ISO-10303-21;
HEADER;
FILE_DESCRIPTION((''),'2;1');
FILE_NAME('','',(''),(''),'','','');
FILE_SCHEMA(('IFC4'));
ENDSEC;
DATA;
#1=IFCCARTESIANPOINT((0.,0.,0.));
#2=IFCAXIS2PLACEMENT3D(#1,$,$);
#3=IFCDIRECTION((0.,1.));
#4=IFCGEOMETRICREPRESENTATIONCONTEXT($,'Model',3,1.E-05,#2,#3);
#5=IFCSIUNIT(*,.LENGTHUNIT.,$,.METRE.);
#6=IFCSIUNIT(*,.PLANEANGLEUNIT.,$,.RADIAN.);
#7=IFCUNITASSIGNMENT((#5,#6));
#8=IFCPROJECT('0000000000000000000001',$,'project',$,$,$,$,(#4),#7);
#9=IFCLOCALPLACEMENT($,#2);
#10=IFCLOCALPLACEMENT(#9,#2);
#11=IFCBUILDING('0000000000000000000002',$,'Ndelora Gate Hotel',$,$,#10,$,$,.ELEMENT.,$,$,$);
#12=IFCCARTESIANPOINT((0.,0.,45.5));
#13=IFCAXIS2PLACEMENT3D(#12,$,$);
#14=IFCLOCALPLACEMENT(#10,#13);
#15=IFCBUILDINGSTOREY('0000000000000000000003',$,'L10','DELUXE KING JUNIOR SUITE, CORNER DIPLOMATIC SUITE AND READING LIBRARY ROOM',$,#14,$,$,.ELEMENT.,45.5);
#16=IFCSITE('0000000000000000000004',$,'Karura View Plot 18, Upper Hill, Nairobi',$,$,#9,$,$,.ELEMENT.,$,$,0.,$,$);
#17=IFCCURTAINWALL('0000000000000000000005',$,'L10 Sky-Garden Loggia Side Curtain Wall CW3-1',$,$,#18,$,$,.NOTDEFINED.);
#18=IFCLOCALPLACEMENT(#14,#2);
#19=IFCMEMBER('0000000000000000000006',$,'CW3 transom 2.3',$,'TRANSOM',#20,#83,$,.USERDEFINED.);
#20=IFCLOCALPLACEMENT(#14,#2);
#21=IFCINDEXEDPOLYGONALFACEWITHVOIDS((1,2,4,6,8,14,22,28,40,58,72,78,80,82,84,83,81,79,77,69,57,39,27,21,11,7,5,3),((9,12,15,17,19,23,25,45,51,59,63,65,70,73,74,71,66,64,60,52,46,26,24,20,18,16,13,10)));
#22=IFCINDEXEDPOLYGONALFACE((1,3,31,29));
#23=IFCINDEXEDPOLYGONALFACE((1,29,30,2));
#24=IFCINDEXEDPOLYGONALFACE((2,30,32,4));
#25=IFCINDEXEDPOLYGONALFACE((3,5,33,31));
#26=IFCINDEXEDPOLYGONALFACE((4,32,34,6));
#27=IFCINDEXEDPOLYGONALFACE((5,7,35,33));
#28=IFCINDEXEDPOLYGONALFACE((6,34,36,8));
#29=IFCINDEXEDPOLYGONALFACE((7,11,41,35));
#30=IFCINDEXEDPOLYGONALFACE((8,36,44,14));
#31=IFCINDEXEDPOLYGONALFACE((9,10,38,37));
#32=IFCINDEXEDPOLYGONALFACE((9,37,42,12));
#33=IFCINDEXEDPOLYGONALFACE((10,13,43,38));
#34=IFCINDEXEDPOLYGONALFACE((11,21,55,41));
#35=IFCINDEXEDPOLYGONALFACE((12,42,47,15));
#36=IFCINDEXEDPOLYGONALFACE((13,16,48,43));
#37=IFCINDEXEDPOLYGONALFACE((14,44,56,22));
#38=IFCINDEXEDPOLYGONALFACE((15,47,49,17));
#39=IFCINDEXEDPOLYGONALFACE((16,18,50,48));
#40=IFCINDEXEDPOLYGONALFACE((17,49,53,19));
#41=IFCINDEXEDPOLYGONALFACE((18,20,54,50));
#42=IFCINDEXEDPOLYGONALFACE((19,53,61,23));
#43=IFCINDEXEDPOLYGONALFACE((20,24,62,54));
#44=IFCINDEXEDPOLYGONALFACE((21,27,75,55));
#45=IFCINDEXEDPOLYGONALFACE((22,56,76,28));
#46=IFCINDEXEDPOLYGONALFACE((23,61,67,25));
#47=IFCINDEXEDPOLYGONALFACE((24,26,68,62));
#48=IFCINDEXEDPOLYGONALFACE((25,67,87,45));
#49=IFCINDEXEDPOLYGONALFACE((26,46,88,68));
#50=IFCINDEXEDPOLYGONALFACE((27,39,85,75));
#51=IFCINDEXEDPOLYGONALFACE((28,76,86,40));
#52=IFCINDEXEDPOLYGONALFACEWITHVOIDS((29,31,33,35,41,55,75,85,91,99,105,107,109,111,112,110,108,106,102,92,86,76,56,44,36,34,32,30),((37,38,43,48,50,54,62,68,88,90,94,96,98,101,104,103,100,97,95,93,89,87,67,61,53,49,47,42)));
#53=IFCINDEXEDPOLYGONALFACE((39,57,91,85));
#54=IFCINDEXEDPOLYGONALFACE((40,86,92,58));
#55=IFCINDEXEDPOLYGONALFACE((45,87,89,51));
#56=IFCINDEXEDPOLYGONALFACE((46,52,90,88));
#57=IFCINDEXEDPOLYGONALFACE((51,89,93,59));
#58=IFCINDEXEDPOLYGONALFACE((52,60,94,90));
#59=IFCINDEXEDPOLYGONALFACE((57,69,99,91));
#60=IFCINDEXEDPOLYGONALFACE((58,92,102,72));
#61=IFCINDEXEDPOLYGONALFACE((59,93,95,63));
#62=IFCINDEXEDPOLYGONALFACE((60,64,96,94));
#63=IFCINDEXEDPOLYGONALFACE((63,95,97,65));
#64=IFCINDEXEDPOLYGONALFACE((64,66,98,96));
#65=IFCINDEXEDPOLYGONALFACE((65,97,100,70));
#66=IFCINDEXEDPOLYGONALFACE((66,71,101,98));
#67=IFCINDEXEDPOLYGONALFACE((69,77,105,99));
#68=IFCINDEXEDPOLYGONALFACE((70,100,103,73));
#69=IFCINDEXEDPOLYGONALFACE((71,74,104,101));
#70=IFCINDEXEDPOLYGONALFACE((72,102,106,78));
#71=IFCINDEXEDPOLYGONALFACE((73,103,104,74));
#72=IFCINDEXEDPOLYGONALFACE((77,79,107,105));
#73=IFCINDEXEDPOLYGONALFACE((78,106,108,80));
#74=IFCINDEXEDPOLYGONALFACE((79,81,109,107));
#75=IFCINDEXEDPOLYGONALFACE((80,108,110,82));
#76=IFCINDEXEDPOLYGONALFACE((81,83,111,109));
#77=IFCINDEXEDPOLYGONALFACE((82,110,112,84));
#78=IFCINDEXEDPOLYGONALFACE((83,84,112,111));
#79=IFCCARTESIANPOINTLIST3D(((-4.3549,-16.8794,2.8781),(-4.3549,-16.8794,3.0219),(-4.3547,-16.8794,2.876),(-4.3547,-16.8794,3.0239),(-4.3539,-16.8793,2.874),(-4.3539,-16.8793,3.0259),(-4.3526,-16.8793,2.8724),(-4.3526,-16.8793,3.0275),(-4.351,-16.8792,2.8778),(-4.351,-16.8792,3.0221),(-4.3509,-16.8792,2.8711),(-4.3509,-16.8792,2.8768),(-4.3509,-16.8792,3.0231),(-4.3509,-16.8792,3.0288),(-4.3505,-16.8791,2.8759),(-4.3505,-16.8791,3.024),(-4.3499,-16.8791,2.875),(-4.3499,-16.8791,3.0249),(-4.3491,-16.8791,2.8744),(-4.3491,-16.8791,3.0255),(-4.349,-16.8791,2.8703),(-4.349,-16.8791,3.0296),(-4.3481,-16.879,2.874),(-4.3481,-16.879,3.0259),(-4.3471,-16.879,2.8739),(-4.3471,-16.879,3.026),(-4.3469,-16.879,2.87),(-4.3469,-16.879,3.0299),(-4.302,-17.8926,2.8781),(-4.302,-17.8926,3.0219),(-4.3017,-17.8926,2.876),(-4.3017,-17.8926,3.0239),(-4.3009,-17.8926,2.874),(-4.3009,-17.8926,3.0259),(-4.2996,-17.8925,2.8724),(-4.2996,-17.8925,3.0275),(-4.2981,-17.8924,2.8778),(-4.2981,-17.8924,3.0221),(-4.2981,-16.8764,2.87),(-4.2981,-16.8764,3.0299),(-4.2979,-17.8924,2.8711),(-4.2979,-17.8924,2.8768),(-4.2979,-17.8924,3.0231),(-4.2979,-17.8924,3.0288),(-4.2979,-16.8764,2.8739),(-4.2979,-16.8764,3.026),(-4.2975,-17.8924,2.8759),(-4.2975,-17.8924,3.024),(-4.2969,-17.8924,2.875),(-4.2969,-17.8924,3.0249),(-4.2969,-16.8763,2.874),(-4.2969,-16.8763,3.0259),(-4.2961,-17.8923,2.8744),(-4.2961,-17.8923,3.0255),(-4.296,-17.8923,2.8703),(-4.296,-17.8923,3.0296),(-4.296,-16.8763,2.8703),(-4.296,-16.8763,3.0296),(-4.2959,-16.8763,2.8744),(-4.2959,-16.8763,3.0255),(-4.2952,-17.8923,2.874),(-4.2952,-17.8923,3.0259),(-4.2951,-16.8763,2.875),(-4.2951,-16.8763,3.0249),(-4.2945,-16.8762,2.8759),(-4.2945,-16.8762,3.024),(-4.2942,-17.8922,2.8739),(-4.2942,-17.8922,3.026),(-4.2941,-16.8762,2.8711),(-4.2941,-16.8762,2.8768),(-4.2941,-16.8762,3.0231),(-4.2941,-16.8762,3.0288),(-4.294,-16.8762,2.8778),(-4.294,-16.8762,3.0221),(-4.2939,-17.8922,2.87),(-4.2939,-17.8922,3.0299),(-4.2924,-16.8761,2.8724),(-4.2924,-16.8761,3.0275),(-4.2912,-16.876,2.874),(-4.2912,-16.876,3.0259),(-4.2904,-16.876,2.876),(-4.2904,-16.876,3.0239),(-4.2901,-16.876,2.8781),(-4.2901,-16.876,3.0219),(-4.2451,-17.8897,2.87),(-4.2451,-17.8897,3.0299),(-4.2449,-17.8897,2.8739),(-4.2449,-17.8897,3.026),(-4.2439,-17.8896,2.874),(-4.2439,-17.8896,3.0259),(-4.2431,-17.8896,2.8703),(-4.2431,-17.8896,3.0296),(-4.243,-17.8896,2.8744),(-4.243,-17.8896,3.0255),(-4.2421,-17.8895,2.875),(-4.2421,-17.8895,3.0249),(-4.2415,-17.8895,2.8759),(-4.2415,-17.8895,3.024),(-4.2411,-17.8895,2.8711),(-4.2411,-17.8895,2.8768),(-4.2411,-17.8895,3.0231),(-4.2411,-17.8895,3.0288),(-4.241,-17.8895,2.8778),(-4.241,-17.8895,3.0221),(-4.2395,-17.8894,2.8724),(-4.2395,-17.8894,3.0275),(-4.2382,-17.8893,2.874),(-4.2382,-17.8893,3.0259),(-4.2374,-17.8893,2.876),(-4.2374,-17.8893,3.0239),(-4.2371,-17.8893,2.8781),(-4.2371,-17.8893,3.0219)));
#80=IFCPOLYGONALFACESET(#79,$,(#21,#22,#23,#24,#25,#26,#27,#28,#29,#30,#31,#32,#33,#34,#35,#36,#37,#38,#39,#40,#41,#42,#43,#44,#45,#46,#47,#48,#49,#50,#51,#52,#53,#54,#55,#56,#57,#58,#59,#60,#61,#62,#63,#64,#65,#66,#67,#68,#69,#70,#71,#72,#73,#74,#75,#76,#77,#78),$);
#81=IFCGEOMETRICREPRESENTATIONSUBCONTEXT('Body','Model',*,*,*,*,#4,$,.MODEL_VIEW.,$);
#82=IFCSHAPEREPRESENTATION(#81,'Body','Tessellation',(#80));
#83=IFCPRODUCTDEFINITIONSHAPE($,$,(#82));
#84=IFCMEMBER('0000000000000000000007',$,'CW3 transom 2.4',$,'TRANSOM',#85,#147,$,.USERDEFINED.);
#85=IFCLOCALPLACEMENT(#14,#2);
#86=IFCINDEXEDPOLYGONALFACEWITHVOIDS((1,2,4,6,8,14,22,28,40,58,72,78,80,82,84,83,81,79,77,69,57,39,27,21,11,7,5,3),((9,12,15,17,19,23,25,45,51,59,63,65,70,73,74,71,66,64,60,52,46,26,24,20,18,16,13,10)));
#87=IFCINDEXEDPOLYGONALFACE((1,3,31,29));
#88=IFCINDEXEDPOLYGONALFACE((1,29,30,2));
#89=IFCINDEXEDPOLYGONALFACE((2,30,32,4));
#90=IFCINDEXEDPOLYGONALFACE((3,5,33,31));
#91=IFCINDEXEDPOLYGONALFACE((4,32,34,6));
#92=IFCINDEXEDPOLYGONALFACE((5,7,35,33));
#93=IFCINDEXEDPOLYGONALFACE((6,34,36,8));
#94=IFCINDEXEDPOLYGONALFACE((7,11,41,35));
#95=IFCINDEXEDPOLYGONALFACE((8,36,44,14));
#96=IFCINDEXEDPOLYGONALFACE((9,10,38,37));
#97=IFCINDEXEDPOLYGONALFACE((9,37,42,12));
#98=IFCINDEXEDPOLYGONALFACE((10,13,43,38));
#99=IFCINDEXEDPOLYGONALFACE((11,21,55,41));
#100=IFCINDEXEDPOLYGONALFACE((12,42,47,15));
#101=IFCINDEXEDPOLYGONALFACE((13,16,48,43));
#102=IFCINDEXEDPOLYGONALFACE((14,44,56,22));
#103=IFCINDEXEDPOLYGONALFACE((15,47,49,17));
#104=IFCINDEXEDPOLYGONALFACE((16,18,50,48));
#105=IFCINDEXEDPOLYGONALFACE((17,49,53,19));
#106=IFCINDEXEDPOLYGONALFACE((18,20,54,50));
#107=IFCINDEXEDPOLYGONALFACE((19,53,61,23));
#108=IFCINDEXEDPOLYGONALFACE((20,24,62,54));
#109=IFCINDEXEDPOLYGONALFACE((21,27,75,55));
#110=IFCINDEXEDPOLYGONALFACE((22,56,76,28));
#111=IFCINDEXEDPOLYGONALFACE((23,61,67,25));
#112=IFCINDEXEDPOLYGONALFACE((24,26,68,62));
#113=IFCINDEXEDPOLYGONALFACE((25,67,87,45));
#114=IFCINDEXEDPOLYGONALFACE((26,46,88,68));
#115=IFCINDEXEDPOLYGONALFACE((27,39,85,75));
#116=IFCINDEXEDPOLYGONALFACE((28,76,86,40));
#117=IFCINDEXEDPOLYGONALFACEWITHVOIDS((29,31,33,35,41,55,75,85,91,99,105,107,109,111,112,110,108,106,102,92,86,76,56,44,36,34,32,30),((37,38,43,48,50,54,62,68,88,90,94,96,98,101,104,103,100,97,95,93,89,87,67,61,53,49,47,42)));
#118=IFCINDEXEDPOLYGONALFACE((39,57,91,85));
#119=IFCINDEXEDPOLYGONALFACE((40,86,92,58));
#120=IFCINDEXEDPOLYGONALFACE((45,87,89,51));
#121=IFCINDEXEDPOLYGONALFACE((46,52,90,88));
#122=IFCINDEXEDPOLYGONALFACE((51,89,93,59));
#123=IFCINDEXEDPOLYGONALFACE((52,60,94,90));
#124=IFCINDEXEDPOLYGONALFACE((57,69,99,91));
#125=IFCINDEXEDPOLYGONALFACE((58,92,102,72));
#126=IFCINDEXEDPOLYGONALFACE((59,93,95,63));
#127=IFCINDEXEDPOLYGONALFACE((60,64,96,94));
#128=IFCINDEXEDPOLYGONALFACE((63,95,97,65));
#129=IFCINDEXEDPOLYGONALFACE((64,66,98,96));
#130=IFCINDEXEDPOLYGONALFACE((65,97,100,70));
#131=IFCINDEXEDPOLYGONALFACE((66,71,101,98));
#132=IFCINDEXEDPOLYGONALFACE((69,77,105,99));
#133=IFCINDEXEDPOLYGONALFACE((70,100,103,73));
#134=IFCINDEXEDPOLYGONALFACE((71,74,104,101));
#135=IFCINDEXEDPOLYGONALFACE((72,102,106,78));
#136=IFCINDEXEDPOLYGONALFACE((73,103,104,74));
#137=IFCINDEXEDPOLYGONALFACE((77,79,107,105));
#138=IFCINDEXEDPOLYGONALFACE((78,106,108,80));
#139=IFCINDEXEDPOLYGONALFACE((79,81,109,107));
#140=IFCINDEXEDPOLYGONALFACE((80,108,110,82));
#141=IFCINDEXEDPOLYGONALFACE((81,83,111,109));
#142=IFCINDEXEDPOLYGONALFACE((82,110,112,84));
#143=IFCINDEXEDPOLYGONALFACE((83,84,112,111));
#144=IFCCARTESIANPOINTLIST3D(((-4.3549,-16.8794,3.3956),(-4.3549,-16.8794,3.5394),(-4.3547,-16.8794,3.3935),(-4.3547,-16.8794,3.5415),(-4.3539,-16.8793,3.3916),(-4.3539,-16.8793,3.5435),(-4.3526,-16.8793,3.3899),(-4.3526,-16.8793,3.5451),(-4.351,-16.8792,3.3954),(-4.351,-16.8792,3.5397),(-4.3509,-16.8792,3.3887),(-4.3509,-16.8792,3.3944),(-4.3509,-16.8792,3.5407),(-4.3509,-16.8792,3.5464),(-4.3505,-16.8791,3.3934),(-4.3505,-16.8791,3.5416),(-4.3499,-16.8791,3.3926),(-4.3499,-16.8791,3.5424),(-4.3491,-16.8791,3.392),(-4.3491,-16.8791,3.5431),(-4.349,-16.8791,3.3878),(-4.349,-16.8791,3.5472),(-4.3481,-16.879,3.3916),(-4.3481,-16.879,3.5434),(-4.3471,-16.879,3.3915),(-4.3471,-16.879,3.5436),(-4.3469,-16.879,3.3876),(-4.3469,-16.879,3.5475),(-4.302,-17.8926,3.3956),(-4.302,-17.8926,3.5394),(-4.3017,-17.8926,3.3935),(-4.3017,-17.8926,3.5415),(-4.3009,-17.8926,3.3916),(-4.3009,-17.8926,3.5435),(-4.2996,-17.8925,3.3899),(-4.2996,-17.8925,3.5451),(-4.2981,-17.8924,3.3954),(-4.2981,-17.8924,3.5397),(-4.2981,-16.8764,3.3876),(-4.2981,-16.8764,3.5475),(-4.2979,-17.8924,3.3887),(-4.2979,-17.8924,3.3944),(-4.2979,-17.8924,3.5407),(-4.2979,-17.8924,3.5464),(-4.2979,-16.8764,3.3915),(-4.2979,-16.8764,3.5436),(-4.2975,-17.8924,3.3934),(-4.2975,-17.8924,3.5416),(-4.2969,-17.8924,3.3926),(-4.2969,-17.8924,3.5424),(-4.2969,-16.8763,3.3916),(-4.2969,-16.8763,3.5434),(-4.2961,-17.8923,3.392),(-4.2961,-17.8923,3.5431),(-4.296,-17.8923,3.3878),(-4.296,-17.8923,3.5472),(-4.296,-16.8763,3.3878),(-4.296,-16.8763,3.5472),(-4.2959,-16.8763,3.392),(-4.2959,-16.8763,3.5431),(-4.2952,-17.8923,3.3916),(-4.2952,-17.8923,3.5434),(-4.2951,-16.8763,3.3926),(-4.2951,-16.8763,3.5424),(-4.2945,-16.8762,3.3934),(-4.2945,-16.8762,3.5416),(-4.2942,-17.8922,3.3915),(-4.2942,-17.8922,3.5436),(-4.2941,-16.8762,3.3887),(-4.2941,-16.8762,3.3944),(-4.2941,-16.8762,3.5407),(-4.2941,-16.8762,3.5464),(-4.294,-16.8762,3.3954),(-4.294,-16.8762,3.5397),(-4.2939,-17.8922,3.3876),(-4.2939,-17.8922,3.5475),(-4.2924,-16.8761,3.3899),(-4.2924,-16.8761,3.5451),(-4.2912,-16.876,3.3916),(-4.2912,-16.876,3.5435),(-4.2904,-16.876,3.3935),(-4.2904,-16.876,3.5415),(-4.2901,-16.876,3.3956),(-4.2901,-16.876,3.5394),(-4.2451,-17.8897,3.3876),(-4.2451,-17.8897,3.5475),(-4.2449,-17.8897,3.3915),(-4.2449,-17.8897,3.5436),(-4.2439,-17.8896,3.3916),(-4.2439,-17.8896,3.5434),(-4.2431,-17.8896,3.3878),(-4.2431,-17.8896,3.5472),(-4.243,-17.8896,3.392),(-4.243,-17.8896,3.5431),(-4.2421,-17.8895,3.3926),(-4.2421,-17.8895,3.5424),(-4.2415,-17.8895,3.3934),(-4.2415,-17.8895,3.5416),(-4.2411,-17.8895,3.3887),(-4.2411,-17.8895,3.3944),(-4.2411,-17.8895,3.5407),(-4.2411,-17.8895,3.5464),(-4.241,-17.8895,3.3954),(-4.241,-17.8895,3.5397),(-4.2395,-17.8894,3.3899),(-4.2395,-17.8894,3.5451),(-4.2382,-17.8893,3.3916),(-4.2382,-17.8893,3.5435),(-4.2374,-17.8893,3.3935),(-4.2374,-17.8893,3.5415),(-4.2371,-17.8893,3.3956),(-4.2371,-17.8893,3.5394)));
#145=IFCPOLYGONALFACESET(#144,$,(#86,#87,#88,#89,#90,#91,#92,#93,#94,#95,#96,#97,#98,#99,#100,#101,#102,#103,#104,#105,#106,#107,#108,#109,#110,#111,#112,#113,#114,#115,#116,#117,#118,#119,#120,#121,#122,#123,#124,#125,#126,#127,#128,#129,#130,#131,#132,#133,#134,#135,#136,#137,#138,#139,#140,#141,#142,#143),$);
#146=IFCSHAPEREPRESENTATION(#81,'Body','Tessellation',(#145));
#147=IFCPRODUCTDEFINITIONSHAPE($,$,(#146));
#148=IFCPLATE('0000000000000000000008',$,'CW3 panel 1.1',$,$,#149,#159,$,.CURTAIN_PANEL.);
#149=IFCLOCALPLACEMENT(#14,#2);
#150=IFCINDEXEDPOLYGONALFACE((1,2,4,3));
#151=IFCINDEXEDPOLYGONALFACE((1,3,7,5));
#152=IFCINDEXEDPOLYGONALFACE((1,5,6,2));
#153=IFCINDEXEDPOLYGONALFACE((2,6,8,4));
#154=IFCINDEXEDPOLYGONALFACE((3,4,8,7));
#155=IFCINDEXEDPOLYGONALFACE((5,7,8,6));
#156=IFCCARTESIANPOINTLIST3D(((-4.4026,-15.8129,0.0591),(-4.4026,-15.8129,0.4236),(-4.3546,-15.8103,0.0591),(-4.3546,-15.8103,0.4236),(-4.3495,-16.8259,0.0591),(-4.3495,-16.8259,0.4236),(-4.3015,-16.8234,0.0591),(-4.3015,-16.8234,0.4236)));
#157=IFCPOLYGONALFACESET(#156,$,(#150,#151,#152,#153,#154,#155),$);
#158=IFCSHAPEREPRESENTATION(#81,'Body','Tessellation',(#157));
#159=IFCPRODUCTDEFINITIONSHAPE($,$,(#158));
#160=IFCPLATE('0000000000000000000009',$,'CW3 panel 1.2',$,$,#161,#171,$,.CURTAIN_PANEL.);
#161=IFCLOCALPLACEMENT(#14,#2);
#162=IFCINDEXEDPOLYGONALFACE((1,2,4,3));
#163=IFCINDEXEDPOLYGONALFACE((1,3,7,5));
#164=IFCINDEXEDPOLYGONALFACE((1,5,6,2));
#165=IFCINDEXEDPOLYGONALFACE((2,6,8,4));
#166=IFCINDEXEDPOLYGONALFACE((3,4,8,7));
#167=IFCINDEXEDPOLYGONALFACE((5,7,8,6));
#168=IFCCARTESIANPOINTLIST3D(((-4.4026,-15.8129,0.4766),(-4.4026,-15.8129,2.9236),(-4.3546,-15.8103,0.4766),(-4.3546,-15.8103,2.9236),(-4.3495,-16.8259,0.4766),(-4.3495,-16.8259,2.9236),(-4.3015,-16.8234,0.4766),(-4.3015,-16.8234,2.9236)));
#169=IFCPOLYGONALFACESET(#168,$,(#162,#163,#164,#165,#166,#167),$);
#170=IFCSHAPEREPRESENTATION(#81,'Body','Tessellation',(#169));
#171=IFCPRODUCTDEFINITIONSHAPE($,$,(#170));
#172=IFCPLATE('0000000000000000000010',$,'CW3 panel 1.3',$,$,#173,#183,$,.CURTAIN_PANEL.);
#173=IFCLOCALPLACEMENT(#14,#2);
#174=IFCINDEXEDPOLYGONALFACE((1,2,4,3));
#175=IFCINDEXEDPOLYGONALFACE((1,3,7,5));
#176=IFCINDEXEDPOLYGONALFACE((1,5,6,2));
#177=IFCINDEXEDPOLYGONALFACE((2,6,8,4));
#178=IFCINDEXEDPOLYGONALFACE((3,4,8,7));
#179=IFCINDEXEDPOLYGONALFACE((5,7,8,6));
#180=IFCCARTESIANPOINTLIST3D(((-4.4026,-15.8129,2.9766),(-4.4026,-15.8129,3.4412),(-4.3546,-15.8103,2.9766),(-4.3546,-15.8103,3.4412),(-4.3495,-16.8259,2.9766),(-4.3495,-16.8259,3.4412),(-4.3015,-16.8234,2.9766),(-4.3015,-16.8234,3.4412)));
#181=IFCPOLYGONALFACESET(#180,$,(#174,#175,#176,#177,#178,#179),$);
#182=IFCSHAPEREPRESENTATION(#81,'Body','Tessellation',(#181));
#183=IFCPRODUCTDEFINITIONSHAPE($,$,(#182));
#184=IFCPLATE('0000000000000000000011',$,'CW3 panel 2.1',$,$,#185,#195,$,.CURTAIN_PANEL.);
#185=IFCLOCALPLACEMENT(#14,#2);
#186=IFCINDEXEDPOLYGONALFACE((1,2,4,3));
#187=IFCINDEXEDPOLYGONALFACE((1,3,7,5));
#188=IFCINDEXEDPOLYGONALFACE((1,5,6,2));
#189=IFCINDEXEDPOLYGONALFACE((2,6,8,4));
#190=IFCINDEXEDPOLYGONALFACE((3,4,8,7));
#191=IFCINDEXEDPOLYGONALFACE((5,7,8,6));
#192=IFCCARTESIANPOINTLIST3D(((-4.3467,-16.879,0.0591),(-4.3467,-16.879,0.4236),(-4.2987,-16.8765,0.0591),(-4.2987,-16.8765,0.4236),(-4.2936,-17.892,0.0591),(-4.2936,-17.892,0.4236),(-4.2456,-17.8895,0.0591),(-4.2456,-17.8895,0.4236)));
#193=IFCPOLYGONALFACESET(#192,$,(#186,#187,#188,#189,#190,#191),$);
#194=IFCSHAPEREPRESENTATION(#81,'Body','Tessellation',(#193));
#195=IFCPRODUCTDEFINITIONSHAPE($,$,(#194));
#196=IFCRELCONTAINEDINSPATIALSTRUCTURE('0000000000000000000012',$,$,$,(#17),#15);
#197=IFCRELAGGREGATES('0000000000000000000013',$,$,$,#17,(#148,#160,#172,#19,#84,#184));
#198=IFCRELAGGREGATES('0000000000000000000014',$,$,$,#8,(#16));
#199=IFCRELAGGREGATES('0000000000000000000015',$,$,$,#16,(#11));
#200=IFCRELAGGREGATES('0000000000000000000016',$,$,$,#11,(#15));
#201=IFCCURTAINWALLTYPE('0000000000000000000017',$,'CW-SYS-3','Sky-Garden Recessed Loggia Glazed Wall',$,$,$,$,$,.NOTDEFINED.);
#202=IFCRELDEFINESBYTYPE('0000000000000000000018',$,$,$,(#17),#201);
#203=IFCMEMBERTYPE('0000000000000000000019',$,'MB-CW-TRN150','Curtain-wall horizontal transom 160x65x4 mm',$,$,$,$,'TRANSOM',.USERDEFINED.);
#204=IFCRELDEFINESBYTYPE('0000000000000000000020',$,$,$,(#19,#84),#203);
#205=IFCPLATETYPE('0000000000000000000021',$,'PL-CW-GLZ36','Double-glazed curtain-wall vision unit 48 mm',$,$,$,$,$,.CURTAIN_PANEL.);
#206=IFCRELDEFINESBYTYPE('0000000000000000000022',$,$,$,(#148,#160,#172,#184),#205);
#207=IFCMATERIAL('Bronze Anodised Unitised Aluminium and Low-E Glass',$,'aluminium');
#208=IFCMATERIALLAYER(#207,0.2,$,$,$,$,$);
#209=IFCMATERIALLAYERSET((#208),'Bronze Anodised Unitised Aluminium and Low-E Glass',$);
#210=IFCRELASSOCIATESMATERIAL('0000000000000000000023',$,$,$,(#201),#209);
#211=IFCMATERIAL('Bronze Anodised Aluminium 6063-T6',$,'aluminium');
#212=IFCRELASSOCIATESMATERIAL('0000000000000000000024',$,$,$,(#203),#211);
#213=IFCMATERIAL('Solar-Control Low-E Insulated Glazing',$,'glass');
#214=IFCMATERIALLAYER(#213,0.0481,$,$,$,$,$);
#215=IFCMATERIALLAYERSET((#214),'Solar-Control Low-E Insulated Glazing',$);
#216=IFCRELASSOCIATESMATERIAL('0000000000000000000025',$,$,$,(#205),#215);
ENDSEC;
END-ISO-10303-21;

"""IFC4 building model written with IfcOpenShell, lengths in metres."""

from ifc_helpers import new_model, si_unit, direction, frame, origin, origin_2d, place, context, subcontext, project, spatial, rectangle, hollow_rectangle, extrude, material, layer, layer_set, material_profile, profile_set, type_object, element, aggregate, save


model = new_model("IFC4")

# Units and contexts
model_context = context("Model", 3, precision=1e-05, world=origin(), true_north=direction((0.0, 1.0)))
body_context = subcontext(model_context, "Body", "Model", "MODEL_VIEW")
ifc_project = project(units=[si_unit("LENGTHUNIT", "METRE"), si_unit("PLANEANGLEUNIT", "RADIAN")], contexts=[model_context])

# Site, building, storey
site_placement = place(None, origin())
site = spatial("IfcSite", under=ifc_project, at=site_placement, Name="Karura View Plot 18, Upper Hill, Nairobi", CompositionType="ELEMENT", RefElevation=0.0)
building_placement = place(site_placement, origin())
building = spatial("IfcBuilding", under=site, at=building_placement, Name="Ndelora Gate Hotel", CompositionType="ELEMENT")
storey_placement = place(building_placement, frame((0.0, 0.0, 45.5)))
storey = spatial("IfcBuildingStorey", under=building, at=storey_placement, Name="L10", Description="DELUXE KING JUNIOR SUITE, CORNER DIPLOMATIC SUITE AND READING LIBRARY ROOM", CompositionType="ELEMENT", Elevation=45.5)

# Curtain wall, members, plates
ifc_material_1 = material(Name="Bronze Anodised Unitised Aluminium and Low-E Glass", Category="aluminium")
ifc_layer_1 = layer(ifc_material_1, 0.2)
ifc_layer_set_1 = layer_set([ifc_layer_1], Name="Bronze Anodised Unitised Aluminium and Low-E Glass")
curtain_wall_type = type_object("IfcCurtainWallType", Name="CW-SYS-3", Description="Sky-Garden Recessed Loggia Glazed Wall", PredefinedType="NOTDEFINED", material=ifc_layer_set_1)
curtain_wall_placement = place(storey_placement, origin())
curtain_wall = element("IfcCurtainWall", 1, at=curtain_wall_placement, inside=storey, type_object=curtain_wall_type, Name="L10 Sky-Garden Loggia Side Curtain Wall CW3-1", PredefinedType="NOTDEFINED")
ifc_material_2 = material(Name="Bronze Anodised Aluminium 6063-T6", Category="aluminium")
ifc_material_profile_1 = material_profile(ifc_material_2, hollow_rectangle(XDim=0.0649, YDim=0.1599, WallThickness=0.0039, InnerFilletRadius=0.0039, OuterFilletRadius=0.0081, at=origin_2d()), Name="ALU 160x65x4")
ifc_profile_set_1 = profile_set([ifc_material_profile_1], Name="Bronze Anodised Aluminium 6063-T6")
member_type_1 = type_object("IfcMemberType", Name="MB-CW-TRN150", Description="Curtain-wall horizontal transom 160x65x4 mm", ElementType="TRANSOM", PredefinedType="USERDEFINED", material=ifc_profile_set_1)
member_1_placement = place(storey_placement, frame((-4.3225, -16.8777, 2.95), z_axis=(0.052218, -0.998636, 0.0), x_axis=(0.998636, 0.052218, 0.0)))
member_1 = element("IfcMember", 2, at=member_1_placement, type_object=member_type_1, Name="CW3 transom 2.3", ObjectType="TRANSOM", PredefinedType="USERDEFINED", context=body_context, shape_type="SweptSolid", body=[
    extrude(hollow_rectangle(XDim=0.0649, YDim=0.1599, WallThickness=0.0039, InnerFilletRadius=0.0039, OuterFilletRadius=0.0081, at=origin_2d()), origin(), (0.0, 0.0, 1.0), 1.0146),
])
member_2_placement = place(storey_placement, frame((-4.3225, -16.8777, 3.4675), z_axis=(0.052218, -0.998636, 0.0), x_axis=(0.998636, 0.052218, 0.0)))
member_2 = element("IfcMember", 3, at=member_2_placement, type_object=member_type_1, Name="CW3 transom 2.4", ObjectType="TRANSOM", PredefinedType="USERDEFINED", context=body_context, shape_type="SweptSolid", body=[
    extrude(hollow_rectangle(XDim=0.0649, YDim=0.1599, WallThickness=0.0039, InnerFilletRadius=0.0039, OuterFilletRadius=0.0081, at=origin_2d()), origin(), (0.0, 0.0, 1.0), 1.0146),
])
ifc_material_3 = material(Name="Solar-Control Low-E Insulated Glazing", Category="glass")
ifc_layer_2 = layer(ifc_material_3, 0.0481)
ifc_layer_set_2 = layer_set([ifc_layer_2], Name="Solar-Control Low-E Insulated Glazing")
plate_type = type_object("IfcPlateType", Name="PL-CW-GLZ36", Description="Double-glazed curtain-wall vision unit 48 mm", PredefinedType="CURTAIN_PANEL", material=ifc_layer_set_2)
plate_1_placement = place(storey_placement, frame((-4.3521, -16.3181, 0.0591), z_axis=(0.0, 0.0, 1.0), x_axis=(0.052363, -0.998628, 0.0)))
plate_1 = element("IfcPlate", 4, at=plate_1_placement, type_object=plate_type, Name="CW3 panel 1.1", PredefinedType="CURTAIN_PANEL", context=body_context, shape_type="SweptSolid", body=[
    extrude(rectangle(XDim=1.0144, YDim=0.0481, at=origin_2d()), origin(), (0.0, 0.0, 1.0), 0.3645),
])
plate_2_placement = place(storey_placement, frame((-4.3521, -16.3181, 0.4766), z_axis=(0.0, 0.0, 1.0), x_axis=(0.052363, -0.998628, 0.0)))
plate_2 = element("IfcPlate", 5, at=plate_2_placement, type_object=plate_type, Name="CW3 panel 1.2", PredefinedType="CURTAIN_PANEL", context=body_context, shape_type="SweptSolid", body=[
    extrude(rectangle(XDim=1.0144, YDim=0.0481, at=origin_2d()), origin(), (0.0, 0.0, 1.0), 2.447),
])
plate_3_placement = place(storey_placement, frame((-4.3521, -16.3181, 2.9766), z_axis=(0.0, 0.0, 1.0), x_axis=(0.052363, -0.998628, 0.0)))
plate_3 = element("IfcPlate", 6, at=plate_3_placement, type_object=plate_type, Name="CW3 panel 1.3", PredefinedType="CURTAIN_PANEL", context=body_context, shape_type="SweptSolid", body=[
    extrude(rectangle(XDim=1.0144, YDim=0.0481, at=origin_2d()), origin(), (0.0, 0.0, 1.0), 0.4646),
])
plate_4_placement = place(storey_placement, frame((-4.2961, -17.3843, 0.0591), z_axis=(0.0, 0.0, 1.0), x_axis=(0.052363, -0.998628, 0.0)))
plate_4 = element("IfcPlate", 7, at=plate_4_placement, type_object=plate_type, Name="CW3 panel 2.1", PredefinedType="CURTAIN_PANEL", context=body_context, shape_type="SweptSolid", body=[
    extrude(rectangle(XDim=1.0144, YDim=0.0481, at=origin_2d()), origin(), (0.0, 0.0, 1.0), 0.3645),
])
aggregate(curtain_wall, [plate_1, plate_2, plate_3, member_1, member_2, plate_4])

save(model, "model.ifc")
